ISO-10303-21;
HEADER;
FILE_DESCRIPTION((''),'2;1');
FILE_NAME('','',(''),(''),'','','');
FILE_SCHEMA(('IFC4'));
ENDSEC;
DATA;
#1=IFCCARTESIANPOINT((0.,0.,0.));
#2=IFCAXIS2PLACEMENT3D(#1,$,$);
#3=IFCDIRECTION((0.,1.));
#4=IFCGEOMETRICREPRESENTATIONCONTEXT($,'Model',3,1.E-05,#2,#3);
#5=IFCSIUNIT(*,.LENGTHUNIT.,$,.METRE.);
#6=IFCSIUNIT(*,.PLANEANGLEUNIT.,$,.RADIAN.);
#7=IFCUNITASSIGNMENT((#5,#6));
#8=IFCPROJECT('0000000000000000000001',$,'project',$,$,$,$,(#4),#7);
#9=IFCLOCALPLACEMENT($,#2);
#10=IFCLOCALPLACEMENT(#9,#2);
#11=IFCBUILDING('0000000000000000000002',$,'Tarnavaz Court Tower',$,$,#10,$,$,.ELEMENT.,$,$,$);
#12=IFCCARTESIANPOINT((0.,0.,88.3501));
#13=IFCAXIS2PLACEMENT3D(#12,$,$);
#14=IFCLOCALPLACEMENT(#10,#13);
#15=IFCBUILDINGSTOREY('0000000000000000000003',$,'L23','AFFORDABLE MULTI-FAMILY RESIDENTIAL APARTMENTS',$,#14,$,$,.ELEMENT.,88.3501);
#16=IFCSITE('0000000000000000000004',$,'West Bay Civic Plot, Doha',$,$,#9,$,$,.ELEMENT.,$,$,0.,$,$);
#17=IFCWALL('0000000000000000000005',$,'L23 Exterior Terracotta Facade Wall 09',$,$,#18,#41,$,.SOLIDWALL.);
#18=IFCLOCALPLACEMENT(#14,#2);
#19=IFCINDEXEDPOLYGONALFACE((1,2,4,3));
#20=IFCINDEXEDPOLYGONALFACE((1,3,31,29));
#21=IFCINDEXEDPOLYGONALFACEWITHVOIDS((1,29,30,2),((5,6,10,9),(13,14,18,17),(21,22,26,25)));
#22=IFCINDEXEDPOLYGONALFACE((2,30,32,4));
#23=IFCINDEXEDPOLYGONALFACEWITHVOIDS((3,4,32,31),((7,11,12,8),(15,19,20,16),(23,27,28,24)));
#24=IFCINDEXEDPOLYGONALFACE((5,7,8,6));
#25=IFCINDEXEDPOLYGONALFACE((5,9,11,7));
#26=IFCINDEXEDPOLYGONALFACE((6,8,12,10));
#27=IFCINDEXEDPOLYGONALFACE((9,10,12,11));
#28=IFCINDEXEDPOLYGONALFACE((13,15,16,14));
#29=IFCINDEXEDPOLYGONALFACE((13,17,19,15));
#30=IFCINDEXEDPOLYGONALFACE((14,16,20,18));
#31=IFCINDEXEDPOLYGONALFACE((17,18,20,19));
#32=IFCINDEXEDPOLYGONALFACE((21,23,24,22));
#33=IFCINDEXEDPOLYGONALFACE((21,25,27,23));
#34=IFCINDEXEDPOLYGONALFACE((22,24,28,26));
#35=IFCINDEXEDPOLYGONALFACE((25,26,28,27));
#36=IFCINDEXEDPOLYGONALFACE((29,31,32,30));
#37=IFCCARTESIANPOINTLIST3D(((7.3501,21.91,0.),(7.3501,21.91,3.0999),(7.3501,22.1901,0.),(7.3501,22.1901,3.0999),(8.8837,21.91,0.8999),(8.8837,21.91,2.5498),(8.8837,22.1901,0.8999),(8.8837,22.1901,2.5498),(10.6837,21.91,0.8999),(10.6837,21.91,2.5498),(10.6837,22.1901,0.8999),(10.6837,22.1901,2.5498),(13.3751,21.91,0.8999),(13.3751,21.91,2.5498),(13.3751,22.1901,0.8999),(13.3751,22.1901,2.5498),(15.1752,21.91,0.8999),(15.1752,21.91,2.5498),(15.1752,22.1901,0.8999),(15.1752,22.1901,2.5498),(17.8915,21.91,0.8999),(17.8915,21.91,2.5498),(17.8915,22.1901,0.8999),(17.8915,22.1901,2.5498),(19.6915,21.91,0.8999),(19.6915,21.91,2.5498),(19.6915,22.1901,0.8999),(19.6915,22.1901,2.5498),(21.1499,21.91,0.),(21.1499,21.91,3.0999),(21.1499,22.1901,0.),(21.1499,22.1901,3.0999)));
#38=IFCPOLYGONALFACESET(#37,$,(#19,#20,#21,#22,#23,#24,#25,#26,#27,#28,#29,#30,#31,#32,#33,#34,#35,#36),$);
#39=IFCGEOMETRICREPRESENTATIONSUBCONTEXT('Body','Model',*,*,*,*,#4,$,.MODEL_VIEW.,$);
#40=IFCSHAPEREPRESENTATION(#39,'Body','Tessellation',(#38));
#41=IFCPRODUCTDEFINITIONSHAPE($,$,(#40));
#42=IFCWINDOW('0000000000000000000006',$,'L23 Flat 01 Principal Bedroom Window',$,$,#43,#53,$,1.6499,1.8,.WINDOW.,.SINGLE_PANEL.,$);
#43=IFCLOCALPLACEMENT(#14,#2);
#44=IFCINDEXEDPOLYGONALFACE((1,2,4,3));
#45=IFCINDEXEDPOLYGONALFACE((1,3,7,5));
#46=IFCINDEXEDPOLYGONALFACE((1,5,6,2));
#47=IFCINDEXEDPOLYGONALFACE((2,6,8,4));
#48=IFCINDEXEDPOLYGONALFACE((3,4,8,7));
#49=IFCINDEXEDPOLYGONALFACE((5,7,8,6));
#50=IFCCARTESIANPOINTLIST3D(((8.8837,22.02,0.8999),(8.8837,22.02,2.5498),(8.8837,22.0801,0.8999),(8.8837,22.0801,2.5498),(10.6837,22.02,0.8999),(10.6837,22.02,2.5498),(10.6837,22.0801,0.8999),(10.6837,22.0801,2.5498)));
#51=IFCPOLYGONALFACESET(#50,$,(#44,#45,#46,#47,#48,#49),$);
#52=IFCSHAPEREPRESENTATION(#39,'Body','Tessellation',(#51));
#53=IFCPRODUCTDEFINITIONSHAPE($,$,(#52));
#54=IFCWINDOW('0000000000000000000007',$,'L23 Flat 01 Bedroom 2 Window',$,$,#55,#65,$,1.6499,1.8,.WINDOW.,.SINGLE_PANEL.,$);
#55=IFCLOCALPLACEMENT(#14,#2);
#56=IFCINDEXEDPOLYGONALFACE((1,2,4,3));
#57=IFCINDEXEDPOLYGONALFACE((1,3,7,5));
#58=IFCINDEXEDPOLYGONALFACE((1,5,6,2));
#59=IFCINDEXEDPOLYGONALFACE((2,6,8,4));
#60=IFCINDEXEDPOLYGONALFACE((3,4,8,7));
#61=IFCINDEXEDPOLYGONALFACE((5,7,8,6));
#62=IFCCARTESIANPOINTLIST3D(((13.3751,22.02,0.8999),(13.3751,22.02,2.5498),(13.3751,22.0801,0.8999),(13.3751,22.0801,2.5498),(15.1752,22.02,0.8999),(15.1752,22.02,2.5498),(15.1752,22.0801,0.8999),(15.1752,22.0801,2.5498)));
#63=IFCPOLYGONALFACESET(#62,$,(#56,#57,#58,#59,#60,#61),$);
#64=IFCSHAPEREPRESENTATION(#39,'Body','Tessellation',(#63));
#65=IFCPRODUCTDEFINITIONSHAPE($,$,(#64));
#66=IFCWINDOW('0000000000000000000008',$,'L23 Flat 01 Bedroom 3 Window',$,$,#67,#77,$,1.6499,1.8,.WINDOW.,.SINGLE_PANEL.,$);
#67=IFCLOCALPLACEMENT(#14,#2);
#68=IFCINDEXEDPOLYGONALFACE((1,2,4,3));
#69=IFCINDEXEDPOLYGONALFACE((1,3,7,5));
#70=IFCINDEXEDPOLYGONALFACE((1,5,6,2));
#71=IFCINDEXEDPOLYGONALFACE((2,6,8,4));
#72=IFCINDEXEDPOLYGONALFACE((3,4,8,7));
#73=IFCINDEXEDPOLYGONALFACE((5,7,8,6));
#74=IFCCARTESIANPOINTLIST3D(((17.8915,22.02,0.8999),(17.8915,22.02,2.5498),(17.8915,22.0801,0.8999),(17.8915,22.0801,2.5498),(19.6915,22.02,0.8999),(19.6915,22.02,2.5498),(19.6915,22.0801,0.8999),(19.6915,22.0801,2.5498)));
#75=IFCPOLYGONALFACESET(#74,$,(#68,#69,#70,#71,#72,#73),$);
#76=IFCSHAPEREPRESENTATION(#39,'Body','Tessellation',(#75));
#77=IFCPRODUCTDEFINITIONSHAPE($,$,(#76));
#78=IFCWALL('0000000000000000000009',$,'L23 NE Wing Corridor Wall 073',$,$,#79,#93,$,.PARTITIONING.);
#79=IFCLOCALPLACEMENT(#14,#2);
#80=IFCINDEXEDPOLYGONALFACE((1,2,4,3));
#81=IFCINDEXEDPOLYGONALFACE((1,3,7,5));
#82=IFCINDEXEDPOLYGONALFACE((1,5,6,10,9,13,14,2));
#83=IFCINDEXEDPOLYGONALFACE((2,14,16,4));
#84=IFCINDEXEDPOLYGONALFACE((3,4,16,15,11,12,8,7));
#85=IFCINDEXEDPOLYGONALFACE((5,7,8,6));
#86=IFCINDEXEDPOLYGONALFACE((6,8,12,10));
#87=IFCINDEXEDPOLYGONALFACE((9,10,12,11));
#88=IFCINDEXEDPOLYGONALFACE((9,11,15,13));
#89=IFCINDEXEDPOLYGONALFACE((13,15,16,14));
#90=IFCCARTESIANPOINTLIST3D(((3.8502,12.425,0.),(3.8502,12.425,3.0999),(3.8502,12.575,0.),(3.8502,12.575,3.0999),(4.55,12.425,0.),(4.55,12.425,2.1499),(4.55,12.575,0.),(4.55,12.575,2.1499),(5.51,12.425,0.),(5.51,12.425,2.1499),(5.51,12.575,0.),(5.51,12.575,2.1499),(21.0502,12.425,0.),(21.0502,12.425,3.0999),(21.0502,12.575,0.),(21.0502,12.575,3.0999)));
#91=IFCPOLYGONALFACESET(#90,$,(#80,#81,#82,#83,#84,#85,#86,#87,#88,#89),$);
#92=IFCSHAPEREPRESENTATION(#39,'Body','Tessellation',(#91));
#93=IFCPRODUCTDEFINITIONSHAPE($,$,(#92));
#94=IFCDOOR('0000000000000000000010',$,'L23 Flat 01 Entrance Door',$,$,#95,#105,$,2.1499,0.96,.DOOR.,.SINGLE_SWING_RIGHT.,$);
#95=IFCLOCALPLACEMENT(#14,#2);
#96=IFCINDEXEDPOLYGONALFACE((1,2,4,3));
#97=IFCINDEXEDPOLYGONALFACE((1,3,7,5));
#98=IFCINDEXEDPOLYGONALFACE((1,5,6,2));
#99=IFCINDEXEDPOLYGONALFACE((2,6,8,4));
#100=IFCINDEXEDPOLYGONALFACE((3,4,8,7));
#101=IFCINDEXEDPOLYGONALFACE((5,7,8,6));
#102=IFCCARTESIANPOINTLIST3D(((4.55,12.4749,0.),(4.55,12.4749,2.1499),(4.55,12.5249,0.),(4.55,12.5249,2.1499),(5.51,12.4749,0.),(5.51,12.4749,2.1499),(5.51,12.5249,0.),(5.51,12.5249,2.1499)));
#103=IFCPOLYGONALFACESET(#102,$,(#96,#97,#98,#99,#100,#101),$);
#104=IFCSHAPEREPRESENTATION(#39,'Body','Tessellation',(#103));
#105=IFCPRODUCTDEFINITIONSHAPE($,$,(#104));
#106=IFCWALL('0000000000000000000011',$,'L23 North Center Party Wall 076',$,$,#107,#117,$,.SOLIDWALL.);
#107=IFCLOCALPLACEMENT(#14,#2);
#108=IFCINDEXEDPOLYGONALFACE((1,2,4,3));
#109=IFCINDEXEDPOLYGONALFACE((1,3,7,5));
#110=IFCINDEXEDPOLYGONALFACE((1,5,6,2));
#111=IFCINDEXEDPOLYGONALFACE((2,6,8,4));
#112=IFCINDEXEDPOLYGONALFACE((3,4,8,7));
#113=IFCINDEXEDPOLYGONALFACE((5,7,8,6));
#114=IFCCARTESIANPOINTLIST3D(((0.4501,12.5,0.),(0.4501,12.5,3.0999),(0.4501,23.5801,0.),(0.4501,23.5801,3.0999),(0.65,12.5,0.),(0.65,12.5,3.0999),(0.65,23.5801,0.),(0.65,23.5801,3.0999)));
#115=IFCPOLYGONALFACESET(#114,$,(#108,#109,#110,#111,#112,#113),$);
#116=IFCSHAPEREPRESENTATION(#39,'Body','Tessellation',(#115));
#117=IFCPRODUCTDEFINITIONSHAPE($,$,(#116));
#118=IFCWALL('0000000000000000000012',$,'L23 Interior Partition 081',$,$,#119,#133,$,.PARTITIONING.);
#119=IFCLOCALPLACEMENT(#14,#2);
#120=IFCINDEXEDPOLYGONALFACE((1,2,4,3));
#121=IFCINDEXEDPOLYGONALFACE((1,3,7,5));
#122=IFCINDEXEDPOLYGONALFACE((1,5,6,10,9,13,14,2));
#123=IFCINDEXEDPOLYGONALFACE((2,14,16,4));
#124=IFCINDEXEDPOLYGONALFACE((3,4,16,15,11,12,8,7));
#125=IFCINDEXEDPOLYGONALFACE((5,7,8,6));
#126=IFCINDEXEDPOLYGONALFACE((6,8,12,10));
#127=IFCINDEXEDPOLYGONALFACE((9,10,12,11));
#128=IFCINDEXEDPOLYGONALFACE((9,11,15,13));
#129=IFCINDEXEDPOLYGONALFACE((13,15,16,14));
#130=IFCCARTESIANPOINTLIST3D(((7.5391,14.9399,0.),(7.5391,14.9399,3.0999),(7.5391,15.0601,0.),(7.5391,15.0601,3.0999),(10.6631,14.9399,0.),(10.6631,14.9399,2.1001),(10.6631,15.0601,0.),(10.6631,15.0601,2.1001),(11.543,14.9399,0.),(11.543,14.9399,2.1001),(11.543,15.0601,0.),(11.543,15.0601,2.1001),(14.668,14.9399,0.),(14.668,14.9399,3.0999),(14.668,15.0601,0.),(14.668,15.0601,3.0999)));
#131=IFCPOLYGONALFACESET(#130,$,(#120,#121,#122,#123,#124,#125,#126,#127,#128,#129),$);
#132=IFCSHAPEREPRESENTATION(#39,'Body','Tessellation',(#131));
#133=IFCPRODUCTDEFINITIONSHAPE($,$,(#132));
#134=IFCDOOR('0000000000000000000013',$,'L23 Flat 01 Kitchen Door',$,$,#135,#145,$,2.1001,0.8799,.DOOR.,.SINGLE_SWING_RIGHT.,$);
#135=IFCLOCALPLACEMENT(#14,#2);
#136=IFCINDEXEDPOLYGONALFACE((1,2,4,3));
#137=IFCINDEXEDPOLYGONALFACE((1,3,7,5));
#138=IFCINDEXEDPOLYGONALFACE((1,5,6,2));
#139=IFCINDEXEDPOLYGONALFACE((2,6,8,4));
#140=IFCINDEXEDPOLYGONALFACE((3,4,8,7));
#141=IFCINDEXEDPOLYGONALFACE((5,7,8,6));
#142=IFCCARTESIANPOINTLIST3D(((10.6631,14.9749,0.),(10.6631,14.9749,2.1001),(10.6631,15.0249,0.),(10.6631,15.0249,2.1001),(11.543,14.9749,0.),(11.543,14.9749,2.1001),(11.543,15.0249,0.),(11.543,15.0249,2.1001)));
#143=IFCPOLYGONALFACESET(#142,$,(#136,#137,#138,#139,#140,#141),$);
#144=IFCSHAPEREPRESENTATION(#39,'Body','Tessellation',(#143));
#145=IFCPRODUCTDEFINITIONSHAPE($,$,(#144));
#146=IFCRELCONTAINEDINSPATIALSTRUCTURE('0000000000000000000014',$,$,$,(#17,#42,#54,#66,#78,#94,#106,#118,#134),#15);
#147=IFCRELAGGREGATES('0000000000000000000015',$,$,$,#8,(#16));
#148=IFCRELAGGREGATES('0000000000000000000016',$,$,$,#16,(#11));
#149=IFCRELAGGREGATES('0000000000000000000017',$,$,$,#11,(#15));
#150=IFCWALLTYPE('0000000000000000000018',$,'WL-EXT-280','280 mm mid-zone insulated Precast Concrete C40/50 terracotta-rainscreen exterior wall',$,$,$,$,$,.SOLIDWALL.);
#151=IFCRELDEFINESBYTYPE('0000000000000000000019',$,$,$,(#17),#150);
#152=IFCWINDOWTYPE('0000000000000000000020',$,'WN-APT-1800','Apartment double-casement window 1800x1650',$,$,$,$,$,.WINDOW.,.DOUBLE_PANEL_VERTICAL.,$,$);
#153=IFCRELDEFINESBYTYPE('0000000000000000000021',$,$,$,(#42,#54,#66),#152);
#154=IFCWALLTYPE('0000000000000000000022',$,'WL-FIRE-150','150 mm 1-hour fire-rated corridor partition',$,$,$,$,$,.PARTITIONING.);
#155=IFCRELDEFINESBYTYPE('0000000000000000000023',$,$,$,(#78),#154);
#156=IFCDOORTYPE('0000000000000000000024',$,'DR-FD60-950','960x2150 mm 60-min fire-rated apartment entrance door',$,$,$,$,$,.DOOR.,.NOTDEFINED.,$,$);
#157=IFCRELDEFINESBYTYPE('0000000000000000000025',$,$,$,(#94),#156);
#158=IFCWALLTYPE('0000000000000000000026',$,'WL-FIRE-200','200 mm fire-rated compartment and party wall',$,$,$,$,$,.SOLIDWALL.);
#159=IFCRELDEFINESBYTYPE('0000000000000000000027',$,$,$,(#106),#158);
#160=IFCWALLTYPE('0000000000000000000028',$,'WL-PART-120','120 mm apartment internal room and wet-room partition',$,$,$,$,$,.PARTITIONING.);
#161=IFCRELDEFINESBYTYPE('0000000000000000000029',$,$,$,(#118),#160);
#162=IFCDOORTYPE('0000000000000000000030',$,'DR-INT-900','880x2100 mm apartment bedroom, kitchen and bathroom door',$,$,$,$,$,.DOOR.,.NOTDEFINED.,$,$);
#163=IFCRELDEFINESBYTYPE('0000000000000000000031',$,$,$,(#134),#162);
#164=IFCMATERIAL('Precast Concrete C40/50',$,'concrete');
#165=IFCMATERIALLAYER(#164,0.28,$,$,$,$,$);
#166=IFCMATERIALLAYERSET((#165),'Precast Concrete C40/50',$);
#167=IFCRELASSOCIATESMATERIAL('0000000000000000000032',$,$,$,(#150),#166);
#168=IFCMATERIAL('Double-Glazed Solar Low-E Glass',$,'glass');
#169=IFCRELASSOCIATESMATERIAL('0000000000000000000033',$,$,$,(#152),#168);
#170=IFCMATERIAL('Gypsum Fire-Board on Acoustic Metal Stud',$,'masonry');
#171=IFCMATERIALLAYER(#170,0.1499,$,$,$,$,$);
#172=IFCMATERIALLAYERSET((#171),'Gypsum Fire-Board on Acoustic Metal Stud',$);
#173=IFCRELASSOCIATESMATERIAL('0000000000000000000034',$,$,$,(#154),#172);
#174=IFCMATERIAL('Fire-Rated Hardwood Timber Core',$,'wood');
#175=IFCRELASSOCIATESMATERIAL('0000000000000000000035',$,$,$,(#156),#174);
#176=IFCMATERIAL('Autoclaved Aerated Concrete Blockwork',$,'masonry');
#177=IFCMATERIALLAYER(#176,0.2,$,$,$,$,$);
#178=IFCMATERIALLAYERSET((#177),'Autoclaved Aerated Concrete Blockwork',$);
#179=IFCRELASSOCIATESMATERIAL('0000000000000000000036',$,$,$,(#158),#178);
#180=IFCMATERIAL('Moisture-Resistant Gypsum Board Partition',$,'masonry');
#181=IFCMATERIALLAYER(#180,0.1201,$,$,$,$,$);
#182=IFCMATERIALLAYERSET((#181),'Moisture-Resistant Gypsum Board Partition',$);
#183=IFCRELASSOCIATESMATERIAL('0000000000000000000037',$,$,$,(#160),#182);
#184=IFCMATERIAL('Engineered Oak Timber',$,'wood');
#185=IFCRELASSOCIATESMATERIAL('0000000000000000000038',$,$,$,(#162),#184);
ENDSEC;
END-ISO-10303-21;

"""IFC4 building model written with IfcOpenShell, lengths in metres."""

from ifc_helpers import new_model, si_unit, direction, frame, frame_2d, origin, place, context, subcontext, project, spatial, rectangle, extrude, material, layer, layer_set, type_object, element, fill, save


model = new_model("IFC4")

# Units and contexts
model_context = context("Model", 3, precision=1e-05, world=origin(), true_north=direction((0.0, 1.0)))
body_context = subcontext(model_context, "Body", "Model", "MODEL_VIEW")
ifc_project = project(units=[si_unit("LENGTHUNIT", "METRE"), si_unit("PLANEANGLEUNIT", "RADIAN")], contexts=[model_context])

# Site, building, storey
site_placement = place(None, origin())
site = spatial("IfcSite", under=ifc_project, at=site_placement, Name="West Bay Civic Plot, Doha", CompositionType="ELEMENT", RefElevation=0.0)
building_placement = place(site_placement, origin())
building = spatial("IfcBuilding", under=site, at=building_placement, Name="Tarnavaz Court Tower", CompositionType="ELEMENT")
storey_placement = place(building_placement, frame((0.0, 0.0, 88.3501)))
storey = spatial("IfcBuildingStorey", under=building, at=storey_placement, Name="L23", Description="AFFORDABLE MULTI-FAMILY RESIDENTIAL APARTMENTS", CompositionType="ELEMENT", Elevation=88.3501)

# Shared definitions
ifc_material_1 = material(Name="Double-Glazed Solar Low-E Glass", Category="glass")

# Shared definitions
ifc_material_2 = material(Name="Precast Concrete C40/50", Category="concrete")
ifc_layer_1 = layer(ifc_material_2, 0.28)
ifc_layer_set_1 = layer_set([ifc_layer_1], Name="Precast Concrete C40/50")
wall_type_1 = type_object("IfcWallType", Name="WL-EXT-280", Description="280 mm mid-zone insulated Precast Concrete C40/50 terracotta-rainscreen exterior wall", PredefinedType="SOLIDWALL", material=ifc_layer_set_1)

# Wall, openings, windows
wall_1_placement = place(storey_placement, frame((7.3501, 22.05, 0.0), z_axis=(0.0, 0.0, 1.0), x_axis=(1.0, 0.0, 0.0)))
wall_1 = element("IfcWall", 1, at=wall_1_placement, inside=storey, type_object=wall_type_1, Name="L23 Exterior Terracotta Facade Wall 09", PredefinedType="SOLIDWALL", context=body_context, shape_type="SweptSolid", body=[
    extrude(rectangle(XDim=13.7998, YDim=0.28, at=frame_2d((6.8999, 0.0))), origin(), (0.0, 0.0, 1.0), 3.0999),
])
opening_1_placement = place(wall_1_placement, frame((1.5337, 0.0, 0.8999)))
opening_1 = element("IfcOpeningElement", 2, at=opening_1_placement, cuts=wall_1, PredefinedType="OPENING", context=body_context, shape_type="SweptSolid", body=[
    extrude(rectangle(XDim=1.8, YDim=1.6499, at=frame_2d((0.8999, 0.825))), frame((0.0, 0.1499, 0.0), z_axis=(0.0, -1.0, 0.0), x_axis=(1.0, 0.0, 0.0)), (0.0, 0.0, 1.0), 0.3),
])
opening_2_placement = place(wall_1_placement, frame((6.0251, 0.0, 0.8999)))
opening_2 = element("IfcOpeningElement", 3, at=opening_2_placement, cuts=wall_1, PredefinedType="OPENING", context=body_context, shape_type="SweptSolid", body=[
    extrude(rectangle(XDim=1.8, YDim=1.6499, at=frame_2d((0.8999, 0.825))), frame((0.0, 0.1499, 0.0), z_axis=(0.0, -1.0, 0.0), x_axis=(1.0, 0.0, 0.0)), (0.0, 0.0, 1.0), 0.3),
])
opening_3_placement = place(wall_1_placement, frame((10.5415, 0.0, 0.8999)))
opening_3 = element("IfcOpeningElement", 4, at=opening_3_placement, cuts=wall_1, PredefinedType="OPENING", context=body_context, shape_type="SweptSolid", body=[
    extrude(rectangle(XDim=1.8, YDim=1.6499, at=frame_2d((0.8999, 0.825))), frame((0.0, 0.1499, 0.0), z_axis=(0.0, -1.0, 0.0), x_axis=(1.0, 0.0, 0.0)), (0.0, 0.0, 1.0), 0.3),
])
window_type_1 = type_object("IfcWindowType", Name="WN-APT-1800", Description="Apartment double-casement window 1800x1650", PartitioningType="DOUBLE_PANEL_VERTICAL", PredefinedType="WINDOW", material=ifc_material_1)
window_1_placement = place(opening_1_placement, origin())
window_1 = element("IfcWindow", 5, at=window_1_placement, inside=storey, type_object=window_type_1, Name="L23 Flat 01 Principal Bedroom Window", OverallHeight=1.6499, OverallWidth=1.8, PartitioningType="SINGLE_PANEL", PredefinedType="WINDOW", context=body_context, shape_type="SweptSolid", body=[
    extrude(rectangle(XDim=1.8, YDim=1.6499, at=frame_2d((0.8999, 0.825))), frame((0.0, 0.03, 0.0), z_axis=(0.0, -1.0, 0.0), x_axis=(1.0, 0.0, 0.0)), (0.0, 0.0, 1.0), 0.0601),
])
fill(opening_1, window_1)
window_2_placement = place(opening_2_placement, origin())
window_2 = element("IfcWindow", 6, at=window_2_placement, inside=storey, type_object=window_type_1, Name="L23 Flat 01 Bedroom 2 Window", OverallHeight=1.6499, OverallWidth=1.8, PartitioningType="SINGLE_PANEL", PredefinedType="WINDOW", context=body_context, shape_type="SweptSolid", body=[
    extrude(rectangle(XDim=1.8, YDim=1.6499, at=frame_2d((0.8999, 0.825))), frame((0.0, 0.03, 0.0), z_axis=(0.0, -1.0, 0.0), x_axis=(1.0, 0.0, 0.0)), (0.0, 0.0, 1.0), 0.0601),
])
fill(opening_2, window_2)
window_3_placement = place(opening_3_placement, origin())
window_3 = element("IfcWindow", 7, at=window_3_placement, inside=storey, type_object=window_type_1, Name="L23 Flat 01 Bedroom 3 Window", OverallHeight=1.6499, OverallWidth=1.8, PartitioningType="SINGLE_PANEL", PredefinedType="WINDOW", context=body_context, shape_type="SweptSolid", body=[
    extrude(rectangle(XDim=1.8, YDim=1.6499, at=frame_2d((0.8999, 0.825))), frame((0.0, 0.03, 0.0), z_axis=(0.0, -1.0, 0.0), x_axis=(1.0, 0.0, 0.0)), (0.0, 0.0, 1.0), 0.0601),
])
fill(opening_3, window_3)

# Wall, opening, door
ifc_material_3 = material(Name="Gypsum Fire-Board on Acoustic Metal Stud", Category="masonry")
ifc_layer_2 = layer(ifc_material_3, 0.1499)
ifc_layer_set_2 = layer_set([ifc_layer_2], Name="Gypsum Fire-Board on Acoustic Metal Stud")
wall_type_2 = type_object("IfcWallType", Name="WL-FIRE-150", Description="150 mm 1-hour fire-rated corridor partition", PredefinedType="PARTITIONING", material=ifc_layer_set_2)
wall_2_placement = place(storey_placement, frame((3.8501, 12.5, 0.0), z_axis=(0.0, 0.0, 1.0), x_axis=(1.0, 0.0, 0.0)))
wall_2 = element("IfcWall", 8, at=wall_2_placement, inside=storey, type_object=wall_type_2, Name="L23 NE Wing Corridor Wall 073", PredefinedType="PARTITIONING", context=body_context, shape_type="SweptSolid", body=[
    extrude(rectangle(XDim=17.2, YDim=0.1499, at=frame_2d((8.6001, 0.0))), origin(), (0.0, 0.0, 1.0), 3.0999),
])
opening_4_placement = place(wall_2_placement, frame((0.7, 0.0, 0.0)))
opening_4 = element("IfcOpeningElement", 9, at=opening_4_placement, cuts=wall_2, PredefinedType="OPENING", context=body_context, shape_type="SweptSolid", body=[
    extrude(rectangle(XDim=0.96, YDim=2.1499, at=frame_2d((0.48, 1.075))), frame((0.0, 0.085, 0.0), z_axis=(0.0, -1.0, 0.0), x_axis=(1.0, 0.0, 0.0)), (0.0, 0.0, 1.0), 0.1699),
])
ifc_material_4 = material(Name="Fire-Rated Hardwood Timber Core", Category="wood")
door_type_1 = type_object("IfcDoorType", Name="DR-FD60-950", Description="960x2150 mm 60-min fire-rated apartment entrance door", OperationType="NOTDEFINED", PredefinedType="DOOR", material=ifc_material_4)
door_1_placement = place(opening_4_placement, origin())
door_1 = element("IfcDoor", 10, at=door_1_placement, inside=storey, type_object=door_type_1, Name="L23 Flat 01 Entrance Door", OperationType="SINGLE_SWING_RIGHT", OverallHeight=2.1499, OverallWidth=0.96, PredefinedType="DOOR", context=body_context, shape_type="SweptSolid", body=[
    extrude(rectangle(XDim=0.96, YDim=2.1499, at=frame_2d((0.48, 1.075))), frame((0.0, 0.0249, 0.0), z_axis=(0.0, -1.0, 0.0), x_axis=(1.0, 0.0, 0.0)), (0.0, 0.0, 1.0), 0.05),
])
fill(opening_4, door_1)

# Wall
ifc_material_5 = material(Name="Autoclaved Aerated Concrete Blockwork", Category="masonry")
ifc_layer_3 = layer(ifc_material_5, 0.2)
ifc_layer_set_3 = layer_set([ifc_layer_3], Name="Autoclaved Aerated Concrete Blockwork")
wall_type_3 = type_object("IfcWallType", Name="WL-FIRE-200", Description="200 mm fire-rated compartment and party wall", PredefinedType="SOLIDWALL", material=ifc_layer_set_3)
wall_3_placement = place(storey_placement, frame((0.55, 12.5, 0.0), z_axis=(0.0, 0.0, 1.0), x_axis=(0.0, 1.0, 0.0)))
element("IfcWall", 11, at=wall_3_placement, inside=storey, type_object=wall_type_3, Name="L23 North Center Party Wall 076", PredefinedType="SOLIDWALL", context=body_context, shape_type="SweptSolid", body=[
    extrude(rectangle(XDim=11.0801, YDim=0.2, at=frame_2d((5.54, 0.0))), origin(), (0.0, 0.0, 1.0), 3.0999),
])

# Wall, opening, door
ifc_material_6 = material(Name="Moisture-Resistant Gypsum Board Partition", Category="masonry")
ifc_layer_4 = layer(ifc_material_6, 0.1201)
ifc_layer_set_4 = layer_set([ifc_layer_4], Name="Moisture-Resistant Gypsum Board Partition")
wall_type_4 = type_object("IfcWallType", Name="WL-PART-120", Description="120 mm apartment internal room and wet-room partition", PredefinedType="PARTITIONING", material=ifc_layer_set_4)
wall_4_placement = place(storey_placement, frame((7.5391, 15.0, 0.0), z_axis=(0.0, 0.0, 1.0), x_axis=(1.0, 0.0, 0.0)))
wall_4 = element("IfcWall", 12, at=wall_4_placement, inside=storey, type_object=wall_type_4, Name="L23 Interior Partition 081", PredefinedType="PARTITIONING", context=body_context, shape_type="SweptSolid", body=[
    extrude(rectangle(XDim=7.1289, YDim=0.1201, at=frame_2d((3.5645, 0.0))), origin(), (0.0, 0.0, 1.0), 3.0999),
])
opening_5_placement = place(wall_4_placement, frame((3.124, 0.0, 0.0)))
opening_5 = element("IfcOpeningElement", 13, at=opening_5_placement, cuts=wall_4, PredefinedType="OPENING", context=body_context, shape_type="SweptSolid", body=[
    extrude(rectangle(XDim=0.8799, YDim=2.1001, at=frame_2d((0.4399, 1.05))), frame((0.0, 0.0701, 0.0), z_axis=(0.0, -1.0, 0.0), x_axis=(1.0, 0.0, 0.0)), (0.0, 0.0, 1.0), 0.1401),
])
ifc_material_7 = material(Name="Engineered Oak Timber", Category="wood")
door_type_2 = type_object("IfcDoorType", Name="DR-INT-900", Description="880x2100 mm apartment bedroom, kitchen and bathroom door", OperationType="NOTDEFINED", PredefinedType="DOOR", material=ifc_material_7)
door_2_placement = place(opening_5_placement, origin())
door_2 = element("IfcDoor", 14, at=door_2_placement, inside=storey, type_object=door_type_2, Name="L23 Flat 01 Kitchen Door", OperationType="SINGLE_SWING_RIGHT", OverallHeight=2.1001, OverallWidth=0.8799, PredefinedType="DOOR", context=body_context, shape_type="SweptSolid", body=[
    extrude(rectangle(XDim=0.8799, YDim=2.1001, at=frame_2d((0.4399, 1.05))), frame((0.0, 0.0249, 0.0), z_axis=(0.0, -1.0, 0.0), x_axis=(1.0, 0.0, 0.0)), (0.0, 0.0, 1.0), 0.05),
])
fill(opening_5, door_2)

save(model, "model.ifc")
